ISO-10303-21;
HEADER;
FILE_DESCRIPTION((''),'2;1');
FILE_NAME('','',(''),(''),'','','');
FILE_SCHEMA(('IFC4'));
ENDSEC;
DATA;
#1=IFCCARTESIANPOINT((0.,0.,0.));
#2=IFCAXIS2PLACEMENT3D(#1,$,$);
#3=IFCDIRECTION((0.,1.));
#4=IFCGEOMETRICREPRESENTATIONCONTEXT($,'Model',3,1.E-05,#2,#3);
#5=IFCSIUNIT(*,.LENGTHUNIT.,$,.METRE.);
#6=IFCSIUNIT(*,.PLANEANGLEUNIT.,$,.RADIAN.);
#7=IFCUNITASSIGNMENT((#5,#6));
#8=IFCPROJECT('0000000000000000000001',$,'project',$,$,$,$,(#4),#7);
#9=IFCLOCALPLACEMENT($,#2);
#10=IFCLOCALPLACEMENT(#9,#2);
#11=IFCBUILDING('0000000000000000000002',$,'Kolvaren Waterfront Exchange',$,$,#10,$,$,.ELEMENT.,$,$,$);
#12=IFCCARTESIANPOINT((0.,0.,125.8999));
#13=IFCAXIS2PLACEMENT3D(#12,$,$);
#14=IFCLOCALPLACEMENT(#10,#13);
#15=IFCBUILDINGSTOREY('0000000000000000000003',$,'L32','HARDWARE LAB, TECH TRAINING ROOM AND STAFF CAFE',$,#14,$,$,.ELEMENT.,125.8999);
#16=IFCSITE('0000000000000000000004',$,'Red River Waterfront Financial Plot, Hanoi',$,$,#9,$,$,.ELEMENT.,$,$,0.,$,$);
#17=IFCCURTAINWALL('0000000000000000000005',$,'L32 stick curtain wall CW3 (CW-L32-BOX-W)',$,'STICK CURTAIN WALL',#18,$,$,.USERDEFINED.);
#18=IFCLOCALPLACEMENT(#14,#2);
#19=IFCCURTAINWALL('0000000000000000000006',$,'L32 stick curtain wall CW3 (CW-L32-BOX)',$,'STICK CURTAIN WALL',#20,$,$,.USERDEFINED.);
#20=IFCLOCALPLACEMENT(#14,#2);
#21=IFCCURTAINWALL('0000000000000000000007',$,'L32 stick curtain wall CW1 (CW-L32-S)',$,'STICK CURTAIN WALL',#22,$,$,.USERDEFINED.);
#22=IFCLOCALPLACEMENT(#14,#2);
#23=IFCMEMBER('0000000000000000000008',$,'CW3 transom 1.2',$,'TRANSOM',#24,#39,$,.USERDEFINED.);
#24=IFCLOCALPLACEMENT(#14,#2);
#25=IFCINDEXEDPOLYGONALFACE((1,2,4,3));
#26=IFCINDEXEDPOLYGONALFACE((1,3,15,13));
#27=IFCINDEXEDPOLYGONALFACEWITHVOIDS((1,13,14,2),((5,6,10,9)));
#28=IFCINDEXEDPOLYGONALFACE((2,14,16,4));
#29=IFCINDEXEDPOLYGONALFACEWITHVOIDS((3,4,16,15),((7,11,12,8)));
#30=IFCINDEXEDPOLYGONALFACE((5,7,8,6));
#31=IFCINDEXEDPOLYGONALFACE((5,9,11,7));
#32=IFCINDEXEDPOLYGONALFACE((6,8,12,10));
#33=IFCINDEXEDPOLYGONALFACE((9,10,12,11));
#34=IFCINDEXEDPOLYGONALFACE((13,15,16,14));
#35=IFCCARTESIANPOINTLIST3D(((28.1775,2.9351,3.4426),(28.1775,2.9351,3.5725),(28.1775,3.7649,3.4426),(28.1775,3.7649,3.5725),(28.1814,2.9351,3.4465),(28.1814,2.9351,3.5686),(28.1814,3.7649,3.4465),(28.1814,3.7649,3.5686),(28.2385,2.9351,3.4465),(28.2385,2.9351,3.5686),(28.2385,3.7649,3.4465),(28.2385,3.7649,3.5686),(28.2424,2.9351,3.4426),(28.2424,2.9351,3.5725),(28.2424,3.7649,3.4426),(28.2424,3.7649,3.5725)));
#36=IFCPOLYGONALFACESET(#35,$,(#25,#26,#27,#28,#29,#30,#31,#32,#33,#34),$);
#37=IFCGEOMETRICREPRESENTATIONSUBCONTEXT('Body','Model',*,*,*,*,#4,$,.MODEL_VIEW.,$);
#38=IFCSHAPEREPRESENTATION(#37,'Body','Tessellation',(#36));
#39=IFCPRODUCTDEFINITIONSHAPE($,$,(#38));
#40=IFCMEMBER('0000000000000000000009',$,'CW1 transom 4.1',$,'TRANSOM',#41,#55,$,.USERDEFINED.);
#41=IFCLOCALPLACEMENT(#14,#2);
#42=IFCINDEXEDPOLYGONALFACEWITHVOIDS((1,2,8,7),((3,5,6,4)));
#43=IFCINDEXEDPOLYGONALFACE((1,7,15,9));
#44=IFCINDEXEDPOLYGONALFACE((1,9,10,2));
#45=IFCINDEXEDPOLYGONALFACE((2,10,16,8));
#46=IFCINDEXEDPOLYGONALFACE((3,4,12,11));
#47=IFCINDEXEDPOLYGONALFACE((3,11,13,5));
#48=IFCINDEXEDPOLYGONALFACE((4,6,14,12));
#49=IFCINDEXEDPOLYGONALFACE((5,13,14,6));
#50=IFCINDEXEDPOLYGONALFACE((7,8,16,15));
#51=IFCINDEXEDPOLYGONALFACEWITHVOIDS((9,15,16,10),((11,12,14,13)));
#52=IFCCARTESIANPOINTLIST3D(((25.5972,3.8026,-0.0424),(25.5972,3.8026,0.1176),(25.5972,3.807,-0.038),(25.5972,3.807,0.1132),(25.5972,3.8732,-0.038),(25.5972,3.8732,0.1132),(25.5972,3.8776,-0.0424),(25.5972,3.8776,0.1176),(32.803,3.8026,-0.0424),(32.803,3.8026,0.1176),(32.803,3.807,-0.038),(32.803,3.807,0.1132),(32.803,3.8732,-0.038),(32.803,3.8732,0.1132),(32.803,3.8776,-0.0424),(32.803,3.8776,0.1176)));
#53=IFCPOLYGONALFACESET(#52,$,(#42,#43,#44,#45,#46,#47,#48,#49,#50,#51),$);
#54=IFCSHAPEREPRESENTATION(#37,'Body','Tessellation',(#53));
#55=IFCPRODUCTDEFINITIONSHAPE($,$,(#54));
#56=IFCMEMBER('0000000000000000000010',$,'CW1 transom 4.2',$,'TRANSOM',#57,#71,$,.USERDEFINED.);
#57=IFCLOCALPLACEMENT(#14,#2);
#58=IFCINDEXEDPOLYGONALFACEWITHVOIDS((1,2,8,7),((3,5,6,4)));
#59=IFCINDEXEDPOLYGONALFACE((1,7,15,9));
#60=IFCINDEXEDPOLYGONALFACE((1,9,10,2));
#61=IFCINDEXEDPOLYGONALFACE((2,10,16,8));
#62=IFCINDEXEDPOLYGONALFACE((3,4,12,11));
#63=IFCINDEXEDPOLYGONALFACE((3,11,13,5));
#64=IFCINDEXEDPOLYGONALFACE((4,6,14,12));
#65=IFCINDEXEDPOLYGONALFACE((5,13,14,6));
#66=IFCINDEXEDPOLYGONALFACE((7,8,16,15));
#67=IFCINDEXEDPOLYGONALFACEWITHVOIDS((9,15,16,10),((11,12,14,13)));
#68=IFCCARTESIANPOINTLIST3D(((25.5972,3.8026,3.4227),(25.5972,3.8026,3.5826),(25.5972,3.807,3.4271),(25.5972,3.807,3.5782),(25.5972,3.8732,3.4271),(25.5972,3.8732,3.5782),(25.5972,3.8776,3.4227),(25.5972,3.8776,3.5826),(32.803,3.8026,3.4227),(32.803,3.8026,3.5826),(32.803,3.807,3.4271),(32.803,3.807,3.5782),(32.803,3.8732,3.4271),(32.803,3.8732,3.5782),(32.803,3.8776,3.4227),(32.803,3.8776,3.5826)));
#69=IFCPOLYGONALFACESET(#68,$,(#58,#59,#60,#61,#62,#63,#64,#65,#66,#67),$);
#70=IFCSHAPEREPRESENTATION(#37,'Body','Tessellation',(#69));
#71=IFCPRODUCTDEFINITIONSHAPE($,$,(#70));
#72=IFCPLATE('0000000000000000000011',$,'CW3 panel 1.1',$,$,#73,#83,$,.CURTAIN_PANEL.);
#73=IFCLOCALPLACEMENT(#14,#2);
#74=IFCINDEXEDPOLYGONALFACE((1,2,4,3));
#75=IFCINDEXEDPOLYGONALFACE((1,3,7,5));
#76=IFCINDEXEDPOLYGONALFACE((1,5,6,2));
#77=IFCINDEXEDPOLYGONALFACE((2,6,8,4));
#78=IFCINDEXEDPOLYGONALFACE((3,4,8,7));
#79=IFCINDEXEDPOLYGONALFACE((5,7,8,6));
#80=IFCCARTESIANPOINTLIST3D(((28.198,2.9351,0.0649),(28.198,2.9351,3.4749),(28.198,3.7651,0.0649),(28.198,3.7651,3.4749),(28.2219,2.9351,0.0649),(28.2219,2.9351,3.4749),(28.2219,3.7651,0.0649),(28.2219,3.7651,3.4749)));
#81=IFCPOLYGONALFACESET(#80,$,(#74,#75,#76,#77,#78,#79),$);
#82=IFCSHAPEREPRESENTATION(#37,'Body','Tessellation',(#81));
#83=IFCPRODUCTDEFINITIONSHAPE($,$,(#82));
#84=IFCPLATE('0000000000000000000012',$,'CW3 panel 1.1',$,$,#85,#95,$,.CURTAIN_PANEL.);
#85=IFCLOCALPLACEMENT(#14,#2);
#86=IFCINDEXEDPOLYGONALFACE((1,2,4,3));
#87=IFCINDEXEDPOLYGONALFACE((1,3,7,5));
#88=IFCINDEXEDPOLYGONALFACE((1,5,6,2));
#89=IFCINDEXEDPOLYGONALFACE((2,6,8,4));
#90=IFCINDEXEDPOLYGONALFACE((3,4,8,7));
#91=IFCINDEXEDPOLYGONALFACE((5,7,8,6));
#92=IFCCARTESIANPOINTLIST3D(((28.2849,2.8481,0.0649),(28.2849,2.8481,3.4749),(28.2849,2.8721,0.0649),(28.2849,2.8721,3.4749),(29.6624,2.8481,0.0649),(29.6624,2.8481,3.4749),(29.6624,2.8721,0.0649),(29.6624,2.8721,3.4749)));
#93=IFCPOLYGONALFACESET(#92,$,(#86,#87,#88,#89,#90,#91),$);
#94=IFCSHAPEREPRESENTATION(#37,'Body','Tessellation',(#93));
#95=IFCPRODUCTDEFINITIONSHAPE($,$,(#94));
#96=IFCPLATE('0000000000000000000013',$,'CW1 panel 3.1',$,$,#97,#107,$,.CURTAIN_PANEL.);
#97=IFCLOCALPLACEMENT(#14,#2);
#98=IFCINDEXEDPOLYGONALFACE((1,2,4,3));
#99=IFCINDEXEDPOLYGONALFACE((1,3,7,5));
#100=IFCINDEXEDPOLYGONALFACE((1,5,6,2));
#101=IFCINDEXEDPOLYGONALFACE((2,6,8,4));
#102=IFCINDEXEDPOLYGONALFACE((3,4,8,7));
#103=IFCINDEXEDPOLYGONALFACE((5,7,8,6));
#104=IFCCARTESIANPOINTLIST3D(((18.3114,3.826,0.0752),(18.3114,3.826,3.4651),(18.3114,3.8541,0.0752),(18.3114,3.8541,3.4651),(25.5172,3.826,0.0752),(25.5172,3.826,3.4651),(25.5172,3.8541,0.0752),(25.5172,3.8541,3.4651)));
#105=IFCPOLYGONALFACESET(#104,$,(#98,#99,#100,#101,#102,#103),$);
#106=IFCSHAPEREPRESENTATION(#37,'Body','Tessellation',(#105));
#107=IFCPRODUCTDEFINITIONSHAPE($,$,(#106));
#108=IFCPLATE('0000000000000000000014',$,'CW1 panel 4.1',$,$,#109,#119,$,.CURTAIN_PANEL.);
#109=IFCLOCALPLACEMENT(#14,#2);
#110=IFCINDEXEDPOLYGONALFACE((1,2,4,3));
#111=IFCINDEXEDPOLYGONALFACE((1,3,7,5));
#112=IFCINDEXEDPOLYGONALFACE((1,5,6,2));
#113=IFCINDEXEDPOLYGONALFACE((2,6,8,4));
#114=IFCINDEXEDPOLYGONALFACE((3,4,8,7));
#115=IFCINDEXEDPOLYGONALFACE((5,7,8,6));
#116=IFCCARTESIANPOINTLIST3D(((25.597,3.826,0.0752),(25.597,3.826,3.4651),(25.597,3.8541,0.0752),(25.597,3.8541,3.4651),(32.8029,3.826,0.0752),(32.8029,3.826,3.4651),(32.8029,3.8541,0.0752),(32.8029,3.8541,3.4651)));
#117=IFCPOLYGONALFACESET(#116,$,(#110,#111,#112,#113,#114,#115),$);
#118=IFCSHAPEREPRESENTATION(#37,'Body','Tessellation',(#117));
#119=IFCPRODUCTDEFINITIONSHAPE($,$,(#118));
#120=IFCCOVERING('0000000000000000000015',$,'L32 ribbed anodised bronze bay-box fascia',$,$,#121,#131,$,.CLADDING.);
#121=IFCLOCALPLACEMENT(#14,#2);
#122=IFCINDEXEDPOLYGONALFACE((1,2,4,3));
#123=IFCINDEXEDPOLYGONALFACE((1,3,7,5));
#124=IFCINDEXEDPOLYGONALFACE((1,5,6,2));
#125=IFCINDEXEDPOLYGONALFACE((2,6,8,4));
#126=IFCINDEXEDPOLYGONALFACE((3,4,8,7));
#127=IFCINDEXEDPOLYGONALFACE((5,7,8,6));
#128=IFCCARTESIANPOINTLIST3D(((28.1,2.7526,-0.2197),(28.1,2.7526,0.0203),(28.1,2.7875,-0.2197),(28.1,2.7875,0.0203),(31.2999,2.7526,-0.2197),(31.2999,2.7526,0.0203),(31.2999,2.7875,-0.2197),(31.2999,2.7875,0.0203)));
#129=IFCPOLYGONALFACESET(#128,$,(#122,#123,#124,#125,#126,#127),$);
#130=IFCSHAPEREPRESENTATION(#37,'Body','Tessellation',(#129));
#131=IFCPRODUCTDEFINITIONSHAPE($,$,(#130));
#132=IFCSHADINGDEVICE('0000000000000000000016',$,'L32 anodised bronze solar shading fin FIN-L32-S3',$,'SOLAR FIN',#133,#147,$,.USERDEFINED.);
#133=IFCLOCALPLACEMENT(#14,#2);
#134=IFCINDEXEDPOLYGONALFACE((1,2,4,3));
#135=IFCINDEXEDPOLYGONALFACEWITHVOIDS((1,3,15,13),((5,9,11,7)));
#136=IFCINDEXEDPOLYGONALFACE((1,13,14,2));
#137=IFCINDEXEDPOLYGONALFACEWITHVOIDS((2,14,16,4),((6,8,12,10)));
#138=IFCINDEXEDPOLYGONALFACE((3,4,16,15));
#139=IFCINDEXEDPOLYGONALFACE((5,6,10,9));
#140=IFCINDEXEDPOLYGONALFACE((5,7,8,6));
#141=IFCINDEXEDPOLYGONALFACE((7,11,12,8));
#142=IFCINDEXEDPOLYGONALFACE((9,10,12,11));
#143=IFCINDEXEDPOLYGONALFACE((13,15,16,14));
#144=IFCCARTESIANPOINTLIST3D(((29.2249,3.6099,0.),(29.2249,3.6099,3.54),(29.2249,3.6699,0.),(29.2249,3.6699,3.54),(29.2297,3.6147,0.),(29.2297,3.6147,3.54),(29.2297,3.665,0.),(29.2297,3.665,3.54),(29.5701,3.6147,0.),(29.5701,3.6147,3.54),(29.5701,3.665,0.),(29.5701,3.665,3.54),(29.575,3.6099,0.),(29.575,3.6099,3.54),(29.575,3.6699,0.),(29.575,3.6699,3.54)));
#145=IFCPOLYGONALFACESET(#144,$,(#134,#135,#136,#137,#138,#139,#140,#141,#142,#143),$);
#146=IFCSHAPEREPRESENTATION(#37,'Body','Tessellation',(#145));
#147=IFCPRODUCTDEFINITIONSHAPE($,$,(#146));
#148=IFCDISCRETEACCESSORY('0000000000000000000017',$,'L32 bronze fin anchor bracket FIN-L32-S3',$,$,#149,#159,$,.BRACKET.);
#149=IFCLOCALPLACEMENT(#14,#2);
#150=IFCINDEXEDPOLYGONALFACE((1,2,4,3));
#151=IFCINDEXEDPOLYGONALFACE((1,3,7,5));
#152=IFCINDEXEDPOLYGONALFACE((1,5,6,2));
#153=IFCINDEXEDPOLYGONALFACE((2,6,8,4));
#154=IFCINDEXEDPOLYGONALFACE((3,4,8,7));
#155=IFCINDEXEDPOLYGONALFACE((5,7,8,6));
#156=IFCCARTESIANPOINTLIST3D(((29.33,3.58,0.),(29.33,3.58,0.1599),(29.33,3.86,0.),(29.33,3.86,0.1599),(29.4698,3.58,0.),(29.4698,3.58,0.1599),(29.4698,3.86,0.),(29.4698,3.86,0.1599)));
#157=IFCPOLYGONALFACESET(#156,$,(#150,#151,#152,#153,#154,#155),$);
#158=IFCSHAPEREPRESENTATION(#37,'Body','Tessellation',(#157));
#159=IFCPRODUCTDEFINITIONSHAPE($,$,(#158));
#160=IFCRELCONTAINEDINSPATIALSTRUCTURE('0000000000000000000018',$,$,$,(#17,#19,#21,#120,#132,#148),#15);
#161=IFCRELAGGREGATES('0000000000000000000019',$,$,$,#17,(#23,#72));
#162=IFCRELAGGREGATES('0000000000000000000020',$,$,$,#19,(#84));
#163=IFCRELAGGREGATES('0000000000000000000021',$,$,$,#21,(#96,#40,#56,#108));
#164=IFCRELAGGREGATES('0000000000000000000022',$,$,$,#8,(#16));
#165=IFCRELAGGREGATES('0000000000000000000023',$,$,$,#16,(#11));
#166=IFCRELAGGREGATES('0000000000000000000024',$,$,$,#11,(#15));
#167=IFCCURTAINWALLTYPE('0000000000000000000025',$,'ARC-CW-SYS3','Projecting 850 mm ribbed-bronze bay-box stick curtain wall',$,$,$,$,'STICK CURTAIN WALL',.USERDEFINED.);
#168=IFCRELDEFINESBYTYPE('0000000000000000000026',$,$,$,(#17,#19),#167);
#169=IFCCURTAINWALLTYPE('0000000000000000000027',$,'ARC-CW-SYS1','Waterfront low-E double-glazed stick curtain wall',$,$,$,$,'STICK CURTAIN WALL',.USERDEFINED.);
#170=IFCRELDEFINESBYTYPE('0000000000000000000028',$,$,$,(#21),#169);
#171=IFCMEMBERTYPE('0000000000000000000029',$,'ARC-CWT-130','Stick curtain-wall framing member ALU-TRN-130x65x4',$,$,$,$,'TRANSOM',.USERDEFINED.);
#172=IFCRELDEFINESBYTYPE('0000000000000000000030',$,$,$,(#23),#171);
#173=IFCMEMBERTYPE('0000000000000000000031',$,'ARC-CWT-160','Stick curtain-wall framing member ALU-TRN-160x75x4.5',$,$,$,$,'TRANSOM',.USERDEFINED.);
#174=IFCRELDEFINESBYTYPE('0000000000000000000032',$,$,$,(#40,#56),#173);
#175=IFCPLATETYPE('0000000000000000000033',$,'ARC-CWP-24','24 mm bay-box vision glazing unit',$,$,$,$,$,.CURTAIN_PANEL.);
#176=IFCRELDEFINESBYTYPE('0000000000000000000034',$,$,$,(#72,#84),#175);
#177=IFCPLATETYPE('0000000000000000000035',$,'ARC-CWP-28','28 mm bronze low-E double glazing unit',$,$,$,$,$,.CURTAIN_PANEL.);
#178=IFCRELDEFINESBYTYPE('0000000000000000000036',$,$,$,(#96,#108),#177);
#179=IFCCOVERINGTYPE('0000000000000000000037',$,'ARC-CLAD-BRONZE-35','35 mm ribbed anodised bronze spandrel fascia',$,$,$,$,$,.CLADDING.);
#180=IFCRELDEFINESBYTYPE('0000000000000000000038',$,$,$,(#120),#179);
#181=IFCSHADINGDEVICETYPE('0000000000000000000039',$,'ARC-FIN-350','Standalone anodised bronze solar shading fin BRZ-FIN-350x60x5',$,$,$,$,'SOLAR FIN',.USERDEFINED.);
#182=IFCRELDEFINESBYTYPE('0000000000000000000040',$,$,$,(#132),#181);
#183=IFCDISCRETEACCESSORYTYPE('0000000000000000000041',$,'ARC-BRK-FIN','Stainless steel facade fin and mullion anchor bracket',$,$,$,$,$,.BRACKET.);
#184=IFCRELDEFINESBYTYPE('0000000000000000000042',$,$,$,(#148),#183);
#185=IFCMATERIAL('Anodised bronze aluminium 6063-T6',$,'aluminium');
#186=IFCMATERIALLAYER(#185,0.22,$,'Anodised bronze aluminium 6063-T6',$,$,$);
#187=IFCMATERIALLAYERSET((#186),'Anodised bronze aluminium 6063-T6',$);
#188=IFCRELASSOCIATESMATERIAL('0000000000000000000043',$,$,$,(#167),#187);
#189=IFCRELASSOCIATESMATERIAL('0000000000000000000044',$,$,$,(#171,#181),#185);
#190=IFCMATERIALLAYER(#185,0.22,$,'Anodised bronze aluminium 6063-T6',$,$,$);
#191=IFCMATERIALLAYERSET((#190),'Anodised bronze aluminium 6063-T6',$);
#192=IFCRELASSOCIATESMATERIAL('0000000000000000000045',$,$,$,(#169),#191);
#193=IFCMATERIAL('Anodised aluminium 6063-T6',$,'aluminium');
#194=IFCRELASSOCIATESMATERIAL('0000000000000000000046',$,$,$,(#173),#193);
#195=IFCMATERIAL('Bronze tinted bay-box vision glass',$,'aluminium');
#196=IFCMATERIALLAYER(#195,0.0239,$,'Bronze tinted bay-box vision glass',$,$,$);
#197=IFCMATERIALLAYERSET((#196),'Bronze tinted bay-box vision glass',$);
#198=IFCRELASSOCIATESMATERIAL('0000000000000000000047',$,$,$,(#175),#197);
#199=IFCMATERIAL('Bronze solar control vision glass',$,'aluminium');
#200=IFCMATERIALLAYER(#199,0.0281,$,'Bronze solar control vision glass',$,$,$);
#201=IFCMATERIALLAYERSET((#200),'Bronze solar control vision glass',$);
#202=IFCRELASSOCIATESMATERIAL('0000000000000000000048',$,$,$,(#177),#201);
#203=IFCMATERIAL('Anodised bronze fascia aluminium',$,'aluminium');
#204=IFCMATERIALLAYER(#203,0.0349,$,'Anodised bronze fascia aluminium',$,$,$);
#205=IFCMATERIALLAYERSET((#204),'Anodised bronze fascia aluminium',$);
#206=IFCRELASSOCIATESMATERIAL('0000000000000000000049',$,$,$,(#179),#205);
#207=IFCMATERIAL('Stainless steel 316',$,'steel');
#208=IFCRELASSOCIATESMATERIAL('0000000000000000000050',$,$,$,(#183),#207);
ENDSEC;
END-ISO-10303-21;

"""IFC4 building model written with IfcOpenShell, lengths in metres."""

from ifc_helpers import new_model, si_unit, direction, frame, origin, origin_with_axes, origin_2d, place, context, subcontext, project, spatial, rectangle, hollow_rectangle, extrude, source, transform, mapped, material, layer, layer_set, material_profile, profile_set, type_object, element, aggregate, save


model = new_model("IFC4")

# Units and contexts
model_context = context("Model", 3, precision=1e-05, world=origin(), true_north=direction((0.0, 1.0)))
body_context = subcontext(model_context, "Body", "Model", "MODEL_VIEW")
ifc_project = project(units=[si_unit("LENGTHUNIT", "METRE"), si_unit("PLANEANGLEUNIT", "RADIAN")], contexts=[model_context])

# Site, building, storey
site_placement = place(None, origin())
site = spatial("IfcSite", under=ifc_project, at=site_placement, Name="Red River Waterfront Financial Plot, Hanoi", CompositionType="ELEMENT", RefElevation=0.0)
building_placement = place(site_placement, origin())
building = spatial("IfcBuilding", under=site, at=building_placement, Name="Kolvaren Waterfront Exchange", CompositionType="ELEMENT")
storey_placement = place(building_placement, frame((0.0, 0.0, 125.8999)))
storey = spatial("IfcBuildingStorey", under=building, at=storey_placement, Name="L32", Description="HARDWARE LAB, TECH TRAINING ROOM AND STAFF CAFE", CompositionType="ELEMENT", Elevation=125.8999)

# Curtain walls
ifc_material_1 = material(Name="Anodised bronze aluminium 6063-T6", Category="aluminium")
ifc_layer_1 = layer(ifc_material_1, 0.22, Name="Anodised bronze aluminium 6063-T6")
ifc_layer_set_1 = layer_set([ifc_layer_1], Name="Anodised bronze aluminium 6063-T6")
curtain_wall_type_1 = type_object("IfcCurtainWallType", Name="ARC-CW-SYS3", Description="Projecting 850 mm ribbed-bronze bay-box stick curtain wall", ElementType="STICK CURTAIN WALL", PredefinedType="USERDEFINED", material=ifc_layer_set_1)
curtain_wall_1_placement = place(storey_placement, origin())
curtain_wall_1 = element("IfcCurtainWall", 1, at=curtain_wall_1_placement, inside=storey, type_object=curtain_wall_type_1, Name="L32 stick curtain wall CW3 (CW-L32-BOX-W)", ObjectType="STICK CURTAIN WALL", PredefinedType="USERDEFINED")
curtain_wall_2_placement = place(storey_placement, origin())
curtain_wall_2 = element("IfcCurtainWall", 2, at=curtain_wall_2_placement, inside=storey, type_object=curtain_wall_type_1, Name="L32 stick curtain wall CW3 (CW-L32-BOX)", ObjectType="STICK CURTAIN WALL", PredefinedType="USERDEFINED")
ifc_material_profile_1 = material_profile(ifc_material_1, hollow_rectangle(XDim=0.0649, YDim=0.1299, WallThickness=0.0039, at=origin_2d()), Name="ALU-TRN-130x65x4")
ifc_profile_set_1 = profile_set([ifc_material_profile_1], Name="Anodised bronze aluminium 6063-T6")
member_type_1 = type_object("IfcMemberType", Name="ARC-CWT-130", Description="Stick curtain-wall framing member ALU-TRN-130x65x4", ElementType="TRANSOM", PredefinedType="USERDEFINED", material=ifc_profile_set_1)

# Curtain wall
ifc_layer_2 = layer(ifc_material_1, 0.22, Name="Anodised bronze aluminium 6063-T6")
ifc_layer_set_2 = layer_set([ifc_layer_2], Name="Anodised bronze aluminium 6063-T6")
curtain_wall_type_2 = type_object("IfcCurtainWallType", Name="ARC-CW-SYS1", Description="Waterfront low-E double-glazed stick curtain wall", ElementType="STICK CURTAIN WALL", PredefinedType="USERDEFINED", material=ifc_layer_set_2)
curtain_wall_3_placement = place(storey_placement, origin())
curtain_wall_3 = element("IfcCurtainWall", 3, at=curtain_wall_3_placement, inside=storey, type_object=curtain_wall_type_2, Name="L32 stick curtain wall CW1 (CW-L32-S)", ObjectType="STICK CURTAIN WALL", PredefinedType="USERDEFINED")
ifc_material_2 = material(Name="Anodised aluminium 6063-T6", Category="aluminium")

# Members
shared_shape_1 = source(origin_with_axes(), body_context, "Body", "SweptSolid", [
    extrude(hollow_rectangle(XDim=0.0649, YDim=0.1299, WallThickness=0.0039, at=origin_2d()), origin(), (0.0, 0.0, 1.0), 0.8298),
])
member_1_placement = place(storey_placement, frame((28.21, 3.7649, 3.5076), z_axis=(0.0, -1.0, 0.0), x_axis=(1.0, 0.0, 0.0)))
member_1 = element("IfcMember", 4, at=member_1_placement, type_object=member_type_1, Name="CW3 transom 1.2", ObjectType="TRANSOM", PredefinedType="USERDEFINED", context=body_context, shape_type="MappedRepresentation", body=[
    mapped(shared_shape_1, transform((0.0, 0.0, 0.0), x_axis=(1.0, 0.0, 0.0), y_axis=(0.0, 1.0, 0.0), z_axis=(0.0, 0.0, 1.0), scale=1.0)),
])
ifc_material_profile_2 = material_profile(ifc_material_2, hollow_rectangle(XDim=0.075, YDim=0.1599, WallThickness=0.0044, at=origin_2d()), Name="ALU-TRN-160x75x4.5")
ifc_profile_set_2 = profile_set([ifc_material_profile_2], Name="Anodised aluminium 6063-T6")
member_type_2 = type_object("IfcMemberType", Name="ARC-CWT-160", Description="Stick curtain-wall framing member ALU-TRN-160x75x4.5", ElementType="TRANSOM", PredefinedType="USERDEFINED", material=ifc_profile_set_2)
shared_shape_2 = source(origin_with_axes(), body_context, "Body", "SweptSolid", [
    extrude(hollow_rectangle(XDim=0.075, YDim=0.1599, WallThickness=0.0044, at=origin_2d()), origin(), (0.0, 0.0, 1.0), 7.2058),
])
member_2_placement = place(storey_placement, frame((25.5972, 3.8401, 0.0376), z_axis=(1.0, 0.0, 0.0), x_axis=(0.0, 1.0, 0.0)))
member_2 = element("IfcMember", 5, at=member_2_placement, type_object=member_type_2, Name="CW1 transom 4.1", ObjectType="TRANSOM", PredefinedType="USERDEFINED", context=body_context, shape_type="MappedRepresentation", body=[
    mapped(shared_shape_2, transform((0.0, 0.0, 0.0), x_axis=(1.0, 0.0, 0.0), y_axis=(0.0, 1.0, 0.0), z_axis=(0.0, 0.0, 1.0), scale=1.0)),
])
member_3_placement = place(storey_placement, frame((25.5972, 3.8401, 3.5027), z_axis=(1.0, 0.0, 0.0), x_axis=(0.0, 1.0, 0.0)))
member_3 = element("IfcMember", 6, at=member_3_placement, type_object=member_type_2, Name="CW1 transom 4.2", ObjectType="TRANSOM", PredefinedType="USERDEFINED", context=body_context, shape_type="MappedRepresentation", body=[
    mapped(shared_shape_2, transform((0.0, 0.0, 0.0), x_axis=(1.0, 0.0, 0.0), y_axis=(0.0, 1.0, 0.0), z_axis=(0.0, 0.0, 1.0), scale=1.0)),
])

# Plates
ifc_material_3 = material(Name="Bronze tinted bay-box vision glass", Category="aluminium")
ifc_layer_3 = layer(ifc_material_3, 0.0239, Name="Bronze tinted bay-box vision glass")
ifc_layer_set_3 = layer_set([ifc_layer_3], Name="Bronze tinted bay-box vision glass")
plate_type_1 = type_object("IfcPlateType", Name="ARC-CWP-24", Description="24 mm bay-box vision glazing unit", PredefinedType="CURTAIN_PANEL", material=ifc_layer_set_3)
shared_shape_3 = source(origin_with_axes(), body_context, "Body", "SweptSolid", [
    extrude(rectangle(XDim=0.8301, YDim=0.0239, at=origin_2d()), origin(), (0.0, 0.0, 1.0), 3.4099),
])
plate_1_placement = place(storey_placement, frame((28.21, 3.3501, 0.0649), z_axis=(0.0, 0.0, 1.0), x_axis=(0.0, -1.0, 0.0)))
plate_1 = element("IfcPlate", 7, at=plate_1_placement, type_object=plate_type_1, Name="CW3 panel 1.1", PredefinedType="CURTAIN_PANEL", context=body_context, shape_type="MappedRepresentation", body=[
    mapped(shared_shape_3, transform((0.0, 0.0, 0.0), x_axis=(1.0, 0.0, 0.0), y_axis=(0.0, 1.0, 0.0), z_axis=(0.0, 0.0, 1.0), scale=1.0)),
])
aggregate(curtain_wall_1, [member_1, plate_1])
shared_shape_4 = source(origin_with_axes(), body_context, "Body", "SweptSolid", [
    extrude(rectangle(XDim=1.3774, YDim=0.0239, at=origin_2d()), origin(), (0.0, 0.0, 1.0), 3.4099),
])
plate_2_placement = place(storey_placement, frame((28.9736, 2.8601, 0.0649), z_axis=(0.0, 0.0, 1.0), x_axis=(1.0, 0.0, 0.0)))
plate_2 = element("IfcPlate", 8, at=plate_2_placement, type_object=plate_type_1, Name="CW3 panel 1.1", PredefinedType="CURTAIN_PANEL", context=body_context, shape_type="MappedRepresentation", body=[
    mapped(shared_shape_4, transform((0.0, 0.0, 0.0), x_axis=(1.0, 0.0, 0.0), y_axis=(0.0, 1.0, 0.0), z_axis=(0.0, 0.0, 1.0), scale=1.0)),
])
aggregate(curtain_wall_2, [plate_2])
ifc_material_4 = material(Name="Bronze solar control vision glass", Category="aluminium")
ifc_layer_4 = layer(ifc_material_4, 0.0281, Name="Bronze solar control vision glass")
ifc_layer_set_4 = layer_set([ifc_layer_4], Name="Bronze solar control vision glass")
plate_type_2 = type_object("IfcPlateType", Name="ARC-CWP-28", Description="28 mm bronze low-E double glazing unit", PredefinedType="CURTAIN_PANEL", material=ifc_layer_set_4)
shared_shape_5 = source(origin_with_axes(), body_context, "Body", "SweptSolid", [
    extrude(rectangle(XDim=7.2058, YDim=0.0281, at=origin_2d()), origin(), (0.0, 0.0, 1.0), 3.3899),
])
plate_3_placement = place(storey_placement, frame((21.9143, 3.8401, 0.0752), z_axis=(0.0, 0.0, 1.0), x_axis=(1.0, 0.0, 0.0)))
plate_3 = element("IfcPlate", 9, at=plate_3_placement, type_object=plate_type_2, Name="CW1 panel 3.1", PredefinedType="CURTAIN_PANEL", context=body_context, shape_type="MappedRepresentation", body=[
    mapped(shared_shape_5, transform((0.0, 0.0, 0.0), x_axis=(1.0, 0.0, 0.0), y_axis=(0.0, 1.0, 0.0), z_axis=(0.0, 0.0, 1.0), scale=1.0)),
])
plate_4_placement = place(storey_placement, frame((29.2, 3.8401, 0.0752), z_axis=(0.0, 0.0, 1.0), x_axis=(1.0, 0.0, 0.0)))
plate_4 = element("IfcPlate", 10, at=plate_4_placement, type_object=plate_type_2, Name="CW1 panel 4.1", PredefinedType="CURTAIN_PANEL", context=body_context, shape_type="MappedRepresentation", body=[
    mapped(shared_shape_5, transform((0.0, 0.0, 0.0), x_axis=(1.0, 0.0, 0.0), y_axis=(0.0, 1.0, 0.0), z_axis=(0.0, 0.0, 1.0), scale=1.0)),
])
aggregate(curtain_wall_3, [plate_3, member_2, member_3, plate_4])

# Covering
ifc_material_5 = material(Name="Anodised bronze fascia aluminium", Category="aluminium")
ifc_layer_5 = layer(ifc_material_5, 0.0349, Name="Anodised bronze fascia aluminium")
ifc_layer_set_5 = layer_set([ifc_layer_5], Name="Anodised bronze fascia aluminium")
covering_type = type_object("IfcCoveringType", Name="ARC-CLAD-BRONZE-35", Description="35 mm ribbed anodised bronze spandrel fascia", PredefinedType="CLADDING", material=ifc_layer_set_5)
covering_placement = place(storey_placement, frame((29.7, 2.77, -0.2197), z_axis=(0.0, 0.0, 1.0), x_axis=(1.0, 0.0, 0.0)))
element("IfcCovering", 11, at=covering_placement, inside=storey, type_object=covering_type, Name="L32 ribbed anodised bronze bay-box fascia", PredefinedType="CLADDING", context=body_context, shape_type="SweptSolid", body=[
    extrude(rectangle(XDim=3.2, YDim=0.0349, at=origin_2d()), origin(), (0.0, 0.0, 1.0), 0.24),
])

# Shading device
ifc_material_profile_3 = material_profile(ifc_material_1, hollow_rectangle(XDim=0.0601, YDim=0.3501, WallThickness=0.0049, at=origin_2d()), Name="BRZ-FIN-350x60x5")
ifc_profile_set_3 = profile_set([ifc_material_profile_3], Name="Anodised bronze aluminium 6063-T6")
shading_device_type = type_object("IfcShadingDeviceType", Name="ARC-FIN-350", Description="Standalone anodised bronze solar shading fin BRZ-FIN-350x60x5", ElementType="SOLAR FIN", PredefinedType="USERDEFINED", material=ifc_profile_set_3)
shading_device_placement = place(storey_placement, frame((29.3999, 3.6399, 0.0), z_axis=(0.0, 0.0, 1.0), x_axis=(0.0, -1.0, 0.0)))
element("IfcShadingDevice", 12, at=shading_device_placement, inside=storey, type_object=shading_device_type, Name="L32 anodised bronze solar shading fin FIN-L32-S3", ObjectType="SOLAR FIN", PredefinedType="USERDEFINED", context=body_context, shape_type="SweptSolid", body=[
    extrude(hollow_rectangle(XDim=0.0601, YDim=0.3501, WallThickness=0.0049, at=origin_2d()), origin(), (0.0, 0.0, 1.0), 3.54),
])

# Discrete accessory
ifc_material_6 = material(Name="Stainless steel 316", Category="steel")
discrete_accessory_type = type_object("IfcDiscreteAccessoryType", Name="ARC-BRK-FIN", Description="Stainless steel facade fin and mullion anchor bracket", PredefinedType="BRACKET", material=ifc_material_6)
shared_shape_6 = source(origin_with_axes(), body_context, "Body", "SweptSolid", [
    extrude(rectangle(XDim=0.28, YDim=0.1399, at=origin_2d()), origin(), (0.0, 0.0, 1.0), 0.1599),
])
discrete_accessory_placement = place(storey_placement, frame((29.3999, 3.72, 0.0), z_axis=(0.0, 0.0, 1.0), x_axis=(0.0, -1.0, 0.0)))
element("IfcDiscreteAccessory", 13, at=discrete_accessory_placement, inside=storey, type_object=discrete_accessory_type, Name="L32 bronze fin anchor bracket FIN-L32-S3", PredefinedType="BRACKET", context=body_context, shape_type="MappedRepresentation", body=[
    mapped(shared_shape_6, transform((0.0, 0.0, 0.0), x_axis=(1.0, 0.0, 0.0), y_axis=(0.0, 1.0, 0.0), z_axis=(0.0, 0.0, 1.0), scale=1.0)),
])

save(model, "model.ifc")
